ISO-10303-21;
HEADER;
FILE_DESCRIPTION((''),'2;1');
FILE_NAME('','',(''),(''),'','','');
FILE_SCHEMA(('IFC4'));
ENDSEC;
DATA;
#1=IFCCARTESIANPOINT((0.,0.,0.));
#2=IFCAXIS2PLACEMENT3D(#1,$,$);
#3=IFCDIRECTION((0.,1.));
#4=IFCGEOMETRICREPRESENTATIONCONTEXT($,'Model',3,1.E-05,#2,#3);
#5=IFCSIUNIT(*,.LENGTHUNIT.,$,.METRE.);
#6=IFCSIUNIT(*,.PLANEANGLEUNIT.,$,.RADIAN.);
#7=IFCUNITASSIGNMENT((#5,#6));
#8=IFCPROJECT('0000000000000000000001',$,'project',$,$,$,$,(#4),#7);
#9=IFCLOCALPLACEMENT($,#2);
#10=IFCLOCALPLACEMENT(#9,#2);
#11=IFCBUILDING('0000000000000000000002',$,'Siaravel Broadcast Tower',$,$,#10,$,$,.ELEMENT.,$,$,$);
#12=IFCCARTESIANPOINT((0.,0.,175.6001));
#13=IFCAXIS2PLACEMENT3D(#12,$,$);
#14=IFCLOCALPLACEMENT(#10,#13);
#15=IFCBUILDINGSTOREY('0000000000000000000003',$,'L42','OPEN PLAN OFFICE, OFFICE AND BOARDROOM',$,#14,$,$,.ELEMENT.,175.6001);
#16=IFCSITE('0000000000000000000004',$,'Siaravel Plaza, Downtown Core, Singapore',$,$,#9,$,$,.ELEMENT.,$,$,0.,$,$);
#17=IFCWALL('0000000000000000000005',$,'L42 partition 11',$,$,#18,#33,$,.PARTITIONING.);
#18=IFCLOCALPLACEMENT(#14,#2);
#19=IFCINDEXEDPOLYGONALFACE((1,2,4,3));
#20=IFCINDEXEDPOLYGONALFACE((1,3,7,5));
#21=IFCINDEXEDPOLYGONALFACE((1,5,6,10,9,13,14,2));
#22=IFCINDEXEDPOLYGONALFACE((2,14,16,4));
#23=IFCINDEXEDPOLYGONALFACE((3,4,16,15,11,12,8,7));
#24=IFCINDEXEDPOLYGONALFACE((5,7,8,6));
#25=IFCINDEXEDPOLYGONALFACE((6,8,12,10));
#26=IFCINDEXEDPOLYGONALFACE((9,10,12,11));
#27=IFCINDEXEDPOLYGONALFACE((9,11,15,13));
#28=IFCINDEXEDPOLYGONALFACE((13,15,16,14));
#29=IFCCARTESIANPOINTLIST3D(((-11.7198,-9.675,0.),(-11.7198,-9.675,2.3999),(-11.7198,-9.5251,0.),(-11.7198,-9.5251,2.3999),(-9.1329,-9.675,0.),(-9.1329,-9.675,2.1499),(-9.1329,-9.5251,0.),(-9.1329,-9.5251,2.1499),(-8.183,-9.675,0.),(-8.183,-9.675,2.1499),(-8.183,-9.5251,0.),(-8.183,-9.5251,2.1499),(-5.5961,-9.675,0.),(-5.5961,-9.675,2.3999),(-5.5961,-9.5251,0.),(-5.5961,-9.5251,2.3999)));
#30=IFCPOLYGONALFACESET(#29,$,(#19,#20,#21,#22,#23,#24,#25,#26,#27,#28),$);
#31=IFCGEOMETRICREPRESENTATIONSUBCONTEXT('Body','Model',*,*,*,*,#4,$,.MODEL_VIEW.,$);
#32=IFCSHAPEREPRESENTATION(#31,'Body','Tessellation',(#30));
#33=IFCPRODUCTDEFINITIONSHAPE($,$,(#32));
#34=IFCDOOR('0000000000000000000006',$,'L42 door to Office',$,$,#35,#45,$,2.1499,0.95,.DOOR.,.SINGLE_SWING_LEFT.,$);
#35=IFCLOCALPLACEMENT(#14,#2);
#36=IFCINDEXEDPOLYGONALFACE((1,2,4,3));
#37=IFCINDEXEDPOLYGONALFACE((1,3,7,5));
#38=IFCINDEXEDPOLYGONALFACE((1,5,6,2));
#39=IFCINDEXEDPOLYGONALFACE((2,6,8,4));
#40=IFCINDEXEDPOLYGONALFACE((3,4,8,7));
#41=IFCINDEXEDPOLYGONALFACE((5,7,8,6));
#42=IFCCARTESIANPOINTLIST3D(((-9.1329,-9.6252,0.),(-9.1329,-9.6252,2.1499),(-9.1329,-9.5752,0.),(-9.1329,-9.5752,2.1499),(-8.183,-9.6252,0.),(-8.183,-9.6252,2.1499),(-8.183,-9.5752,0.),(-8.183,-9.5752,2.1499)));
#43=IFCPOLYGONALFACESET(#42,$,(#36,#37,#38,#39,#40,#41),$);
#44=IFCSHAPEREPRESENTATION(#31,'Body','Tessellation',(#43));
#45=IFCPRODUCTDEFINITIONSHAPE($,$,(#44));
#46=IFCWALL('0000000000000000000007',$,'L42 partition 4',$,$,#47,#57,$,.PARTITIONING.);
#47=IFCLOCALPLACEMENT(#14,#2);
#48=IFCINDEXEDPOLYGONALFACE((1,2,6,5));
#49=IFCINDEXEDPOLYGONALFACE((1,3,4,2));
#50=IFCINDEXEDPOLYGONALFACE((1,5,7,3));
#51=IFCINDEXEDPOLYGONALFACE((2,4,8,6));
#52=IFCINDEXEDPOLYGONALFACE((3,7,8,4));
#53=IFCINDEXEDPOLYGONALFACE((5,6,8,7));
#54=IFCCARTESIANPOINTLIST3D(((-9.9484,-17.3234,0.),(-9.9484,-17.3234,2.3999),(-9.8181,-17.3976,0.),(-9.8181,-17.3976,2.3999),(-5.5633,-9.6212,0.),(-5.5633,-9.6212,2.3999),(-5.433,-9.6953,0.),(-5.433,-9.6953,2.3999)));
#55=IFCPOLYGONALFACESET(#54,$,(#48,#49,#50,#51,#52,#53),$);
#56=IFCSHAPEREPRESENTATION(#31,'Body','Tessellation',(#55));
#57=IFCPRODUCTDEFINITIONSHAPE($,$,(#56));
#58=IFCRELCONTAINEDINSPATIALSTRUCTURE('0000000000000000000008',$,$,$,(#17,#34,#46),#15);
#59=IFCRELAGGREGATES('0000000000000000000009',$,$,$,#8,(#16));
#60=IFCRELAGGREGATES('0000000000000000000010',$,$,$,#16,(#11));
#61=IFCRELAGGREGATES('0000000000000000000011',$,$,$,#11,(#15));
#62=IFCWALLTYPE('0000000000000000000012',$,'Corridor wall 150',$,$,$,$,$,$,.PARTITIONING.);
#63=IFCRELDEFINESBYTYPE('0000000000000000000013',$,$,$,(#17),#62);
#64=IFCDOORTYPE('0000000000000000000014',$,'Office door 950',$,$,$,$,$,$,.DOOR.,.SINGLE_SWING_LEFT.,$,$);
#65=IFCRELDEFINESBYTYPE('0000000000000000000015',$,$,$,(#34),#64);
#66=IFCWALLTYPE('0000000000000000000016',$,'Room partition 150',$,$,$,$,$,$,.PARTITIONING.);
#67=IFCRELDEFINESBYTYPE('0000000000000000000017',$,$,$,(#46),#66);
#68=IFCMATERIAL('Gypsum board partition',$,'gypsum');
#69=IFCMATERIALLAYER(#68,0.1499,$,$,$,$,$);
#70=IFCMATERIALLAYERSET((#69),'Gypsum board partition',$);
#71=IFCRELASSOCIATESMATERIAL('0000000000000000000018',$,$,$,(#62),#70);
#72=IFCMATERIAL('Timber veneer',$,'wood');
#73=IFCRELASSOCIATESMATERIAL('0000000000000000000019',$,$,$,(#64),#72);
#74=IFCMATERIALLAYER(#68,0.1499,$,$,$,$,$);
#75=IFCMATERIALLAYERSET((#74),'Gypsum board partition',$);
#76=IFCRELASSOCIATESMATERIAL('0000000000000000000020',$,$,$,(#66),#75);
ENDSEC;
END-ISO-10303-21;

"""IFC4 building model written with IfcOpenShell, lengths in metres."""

from ifc_helpers import new_model, si_unit, direction, frame, frame_2d, origin, place, context, subcontext, project, spatial, rectangle, extrude, material, layer, layer_set, type_object, element, fill, save


model = new_model("IFC4")

# Units and contexts
model_context = context("Model", 3, precision=1e-05, world=origin(), true_north=direction((0.0, 1.0)))
body_context = subcontext(model_context, "Body", "Model", "MODEL_VIEW")
ifc_project = project(units=[si_unit("LENGTHUNIT", "METRE"), si_unit("PLANEANGLEUNIT", "RADIAN")], contexts=[model_context])

# Site, building, storey
site_placement = place(None, origin())
site = spatial("IfcSite", under=ifc_project, at=site_placement, Name="Siaravel Plaza, Downtown Core, Singapore", CompositionType="ELEMENT", RefElevation=0.0)
building_placement = place(site_placement, origin())
building = spatial("IfcBuilding", under=site, at=building_placement, Name="Siaravel Broadcast Tower", CompositionType="ELEMENT")
storey_placement = place(building_placement, frame((0.0, 0.0, 175.6001)))
storey = spatial("IfcBuildingStorey", under=building, at=storey_placement, Name="L42", Description="OPEN PLAN OFFICE, OFFICE AND BOARDROOM", CompositionType="ELEMENT", Elevation=175.6001)

# Shared definitions
ifc_material_1 = material(Name="Timber veneer", Category="wood")

# Wall, opening, door
ifc_material_2 = material(Name="Gypsum board partition", Category="gypsum")
ifc_layer_1 = layer(ifc_material_2, 0.1499)
ifc_layer_set_1 = layer_set([ifc_layer_1], Name="Gypsum board partition")
wall_type_1 = type_object("IfcWallType", Name="Corridor wall 150", PredefinedType="PARTITIONING", material=ifc_layer_set_1)
wall_1_placement = place(storey_placement, frame((-11.72, -9.6001, 0.0), z_axis=(0.0, 0.0, 1.0), x_axis=(1.0, 0.0, 0.0)))
wall_1 = element("IfcWall", 1, at=wall_1_placement, inside=storey, type_object=wall_type_1, Name="L42 partition 11", PredefinedType="PARTITIONING", context=body_context, shape_type="SweptSolid", body=[
    extrude(rectangle(XDim=6.1238, YDim=0.1499, at=frame_2d((3.062, 0.0))), origin(), (0.0, 0.0, 1.0), 2.3999),
])
opening_1_placement = place(wall_1_placement, frame((2.5869, 0.0, 0.0)))
opening_1 = element("IfcOpeningElement", 2, at=opening_1_placement, cuts=wall_1, PredefinedType="OPENING", context=body_context, shape_type="SweptSolid", body=[
    extrude(rectangle(XDim=0.95, YDim=2.1499, at=frame_2d((0.4751, 1.075))), frame((0.0, 0.085, 0.0), z_axis=(0.0, -1.0, 0.0), x_axis=(1.0, 0.0, 0.0)), (0.0, 0.0, 1.0), 0.1699),
])
door_type_1 = type_object("IfcDoorType", Name="Office door 950", OperationType="SINGLE_SWING_LEFT", PredefinedType="DOOR", material=ifc_material_1)
door_1_placement = place(opening_1_placement, origin())
door_1 = element("IfcDoor", 3, at=door_1_placement, inside=storey, type_object=door_type_1, Name="L42 door to Office", OperationType="SINGLE_SWING_LEFT", OverallHeight=2.1499, OverallWidth=0.95, PredefinedType="DOOR", context=body_context, shape_type="SweptSolid", body=[
    extrude(rectangle(XDim=0.95, YDim=2.1499, at=frame_2d((0.4751, 1.075))), frame((0.0, 0.0249, 0.0), z_axis=(0.0, -1.0, 0.0), x_axis=(1.0, 0.0, 0.0)), (0.0, 0.0, 1.0), 0.05),
])
fill(opening_1, door_1)

# Wall
ifc_layer_2 = layer(ifc_material_2, 0.1499)
ifc_layer_set_2 = layer_set([ifc_layer_2], Name="Gypsum board partition")
wall_type_2 = type_object("IfcWallType", Name="Room partition 150", PredefinedType="PARTITIONING", material=ifc_layer_set_2)
wall_2_placement = place(storey_placement, frame((-9.8833, -17.3606, 0.0), z_axis=(0.0, 0.0, 1.0), x_axis=(0.494759, 0.86903, 0.0)))
element("IfcWall", 4, at=wall_2_placement, inside=storey, type_object=wall_type_2, Name="L42 partition 4", PredefinedType="PARTITIONING", context=body_context, shape_type="SweptSolid", body=[
    extrude(rectangle(XDim=8.863, YDim=0.1499, at=frame_2d((4.4316, 0.0))), origin(), (0.0, 0.0, 1.0), 2.3999),
])

save(model, "model.ifc")
